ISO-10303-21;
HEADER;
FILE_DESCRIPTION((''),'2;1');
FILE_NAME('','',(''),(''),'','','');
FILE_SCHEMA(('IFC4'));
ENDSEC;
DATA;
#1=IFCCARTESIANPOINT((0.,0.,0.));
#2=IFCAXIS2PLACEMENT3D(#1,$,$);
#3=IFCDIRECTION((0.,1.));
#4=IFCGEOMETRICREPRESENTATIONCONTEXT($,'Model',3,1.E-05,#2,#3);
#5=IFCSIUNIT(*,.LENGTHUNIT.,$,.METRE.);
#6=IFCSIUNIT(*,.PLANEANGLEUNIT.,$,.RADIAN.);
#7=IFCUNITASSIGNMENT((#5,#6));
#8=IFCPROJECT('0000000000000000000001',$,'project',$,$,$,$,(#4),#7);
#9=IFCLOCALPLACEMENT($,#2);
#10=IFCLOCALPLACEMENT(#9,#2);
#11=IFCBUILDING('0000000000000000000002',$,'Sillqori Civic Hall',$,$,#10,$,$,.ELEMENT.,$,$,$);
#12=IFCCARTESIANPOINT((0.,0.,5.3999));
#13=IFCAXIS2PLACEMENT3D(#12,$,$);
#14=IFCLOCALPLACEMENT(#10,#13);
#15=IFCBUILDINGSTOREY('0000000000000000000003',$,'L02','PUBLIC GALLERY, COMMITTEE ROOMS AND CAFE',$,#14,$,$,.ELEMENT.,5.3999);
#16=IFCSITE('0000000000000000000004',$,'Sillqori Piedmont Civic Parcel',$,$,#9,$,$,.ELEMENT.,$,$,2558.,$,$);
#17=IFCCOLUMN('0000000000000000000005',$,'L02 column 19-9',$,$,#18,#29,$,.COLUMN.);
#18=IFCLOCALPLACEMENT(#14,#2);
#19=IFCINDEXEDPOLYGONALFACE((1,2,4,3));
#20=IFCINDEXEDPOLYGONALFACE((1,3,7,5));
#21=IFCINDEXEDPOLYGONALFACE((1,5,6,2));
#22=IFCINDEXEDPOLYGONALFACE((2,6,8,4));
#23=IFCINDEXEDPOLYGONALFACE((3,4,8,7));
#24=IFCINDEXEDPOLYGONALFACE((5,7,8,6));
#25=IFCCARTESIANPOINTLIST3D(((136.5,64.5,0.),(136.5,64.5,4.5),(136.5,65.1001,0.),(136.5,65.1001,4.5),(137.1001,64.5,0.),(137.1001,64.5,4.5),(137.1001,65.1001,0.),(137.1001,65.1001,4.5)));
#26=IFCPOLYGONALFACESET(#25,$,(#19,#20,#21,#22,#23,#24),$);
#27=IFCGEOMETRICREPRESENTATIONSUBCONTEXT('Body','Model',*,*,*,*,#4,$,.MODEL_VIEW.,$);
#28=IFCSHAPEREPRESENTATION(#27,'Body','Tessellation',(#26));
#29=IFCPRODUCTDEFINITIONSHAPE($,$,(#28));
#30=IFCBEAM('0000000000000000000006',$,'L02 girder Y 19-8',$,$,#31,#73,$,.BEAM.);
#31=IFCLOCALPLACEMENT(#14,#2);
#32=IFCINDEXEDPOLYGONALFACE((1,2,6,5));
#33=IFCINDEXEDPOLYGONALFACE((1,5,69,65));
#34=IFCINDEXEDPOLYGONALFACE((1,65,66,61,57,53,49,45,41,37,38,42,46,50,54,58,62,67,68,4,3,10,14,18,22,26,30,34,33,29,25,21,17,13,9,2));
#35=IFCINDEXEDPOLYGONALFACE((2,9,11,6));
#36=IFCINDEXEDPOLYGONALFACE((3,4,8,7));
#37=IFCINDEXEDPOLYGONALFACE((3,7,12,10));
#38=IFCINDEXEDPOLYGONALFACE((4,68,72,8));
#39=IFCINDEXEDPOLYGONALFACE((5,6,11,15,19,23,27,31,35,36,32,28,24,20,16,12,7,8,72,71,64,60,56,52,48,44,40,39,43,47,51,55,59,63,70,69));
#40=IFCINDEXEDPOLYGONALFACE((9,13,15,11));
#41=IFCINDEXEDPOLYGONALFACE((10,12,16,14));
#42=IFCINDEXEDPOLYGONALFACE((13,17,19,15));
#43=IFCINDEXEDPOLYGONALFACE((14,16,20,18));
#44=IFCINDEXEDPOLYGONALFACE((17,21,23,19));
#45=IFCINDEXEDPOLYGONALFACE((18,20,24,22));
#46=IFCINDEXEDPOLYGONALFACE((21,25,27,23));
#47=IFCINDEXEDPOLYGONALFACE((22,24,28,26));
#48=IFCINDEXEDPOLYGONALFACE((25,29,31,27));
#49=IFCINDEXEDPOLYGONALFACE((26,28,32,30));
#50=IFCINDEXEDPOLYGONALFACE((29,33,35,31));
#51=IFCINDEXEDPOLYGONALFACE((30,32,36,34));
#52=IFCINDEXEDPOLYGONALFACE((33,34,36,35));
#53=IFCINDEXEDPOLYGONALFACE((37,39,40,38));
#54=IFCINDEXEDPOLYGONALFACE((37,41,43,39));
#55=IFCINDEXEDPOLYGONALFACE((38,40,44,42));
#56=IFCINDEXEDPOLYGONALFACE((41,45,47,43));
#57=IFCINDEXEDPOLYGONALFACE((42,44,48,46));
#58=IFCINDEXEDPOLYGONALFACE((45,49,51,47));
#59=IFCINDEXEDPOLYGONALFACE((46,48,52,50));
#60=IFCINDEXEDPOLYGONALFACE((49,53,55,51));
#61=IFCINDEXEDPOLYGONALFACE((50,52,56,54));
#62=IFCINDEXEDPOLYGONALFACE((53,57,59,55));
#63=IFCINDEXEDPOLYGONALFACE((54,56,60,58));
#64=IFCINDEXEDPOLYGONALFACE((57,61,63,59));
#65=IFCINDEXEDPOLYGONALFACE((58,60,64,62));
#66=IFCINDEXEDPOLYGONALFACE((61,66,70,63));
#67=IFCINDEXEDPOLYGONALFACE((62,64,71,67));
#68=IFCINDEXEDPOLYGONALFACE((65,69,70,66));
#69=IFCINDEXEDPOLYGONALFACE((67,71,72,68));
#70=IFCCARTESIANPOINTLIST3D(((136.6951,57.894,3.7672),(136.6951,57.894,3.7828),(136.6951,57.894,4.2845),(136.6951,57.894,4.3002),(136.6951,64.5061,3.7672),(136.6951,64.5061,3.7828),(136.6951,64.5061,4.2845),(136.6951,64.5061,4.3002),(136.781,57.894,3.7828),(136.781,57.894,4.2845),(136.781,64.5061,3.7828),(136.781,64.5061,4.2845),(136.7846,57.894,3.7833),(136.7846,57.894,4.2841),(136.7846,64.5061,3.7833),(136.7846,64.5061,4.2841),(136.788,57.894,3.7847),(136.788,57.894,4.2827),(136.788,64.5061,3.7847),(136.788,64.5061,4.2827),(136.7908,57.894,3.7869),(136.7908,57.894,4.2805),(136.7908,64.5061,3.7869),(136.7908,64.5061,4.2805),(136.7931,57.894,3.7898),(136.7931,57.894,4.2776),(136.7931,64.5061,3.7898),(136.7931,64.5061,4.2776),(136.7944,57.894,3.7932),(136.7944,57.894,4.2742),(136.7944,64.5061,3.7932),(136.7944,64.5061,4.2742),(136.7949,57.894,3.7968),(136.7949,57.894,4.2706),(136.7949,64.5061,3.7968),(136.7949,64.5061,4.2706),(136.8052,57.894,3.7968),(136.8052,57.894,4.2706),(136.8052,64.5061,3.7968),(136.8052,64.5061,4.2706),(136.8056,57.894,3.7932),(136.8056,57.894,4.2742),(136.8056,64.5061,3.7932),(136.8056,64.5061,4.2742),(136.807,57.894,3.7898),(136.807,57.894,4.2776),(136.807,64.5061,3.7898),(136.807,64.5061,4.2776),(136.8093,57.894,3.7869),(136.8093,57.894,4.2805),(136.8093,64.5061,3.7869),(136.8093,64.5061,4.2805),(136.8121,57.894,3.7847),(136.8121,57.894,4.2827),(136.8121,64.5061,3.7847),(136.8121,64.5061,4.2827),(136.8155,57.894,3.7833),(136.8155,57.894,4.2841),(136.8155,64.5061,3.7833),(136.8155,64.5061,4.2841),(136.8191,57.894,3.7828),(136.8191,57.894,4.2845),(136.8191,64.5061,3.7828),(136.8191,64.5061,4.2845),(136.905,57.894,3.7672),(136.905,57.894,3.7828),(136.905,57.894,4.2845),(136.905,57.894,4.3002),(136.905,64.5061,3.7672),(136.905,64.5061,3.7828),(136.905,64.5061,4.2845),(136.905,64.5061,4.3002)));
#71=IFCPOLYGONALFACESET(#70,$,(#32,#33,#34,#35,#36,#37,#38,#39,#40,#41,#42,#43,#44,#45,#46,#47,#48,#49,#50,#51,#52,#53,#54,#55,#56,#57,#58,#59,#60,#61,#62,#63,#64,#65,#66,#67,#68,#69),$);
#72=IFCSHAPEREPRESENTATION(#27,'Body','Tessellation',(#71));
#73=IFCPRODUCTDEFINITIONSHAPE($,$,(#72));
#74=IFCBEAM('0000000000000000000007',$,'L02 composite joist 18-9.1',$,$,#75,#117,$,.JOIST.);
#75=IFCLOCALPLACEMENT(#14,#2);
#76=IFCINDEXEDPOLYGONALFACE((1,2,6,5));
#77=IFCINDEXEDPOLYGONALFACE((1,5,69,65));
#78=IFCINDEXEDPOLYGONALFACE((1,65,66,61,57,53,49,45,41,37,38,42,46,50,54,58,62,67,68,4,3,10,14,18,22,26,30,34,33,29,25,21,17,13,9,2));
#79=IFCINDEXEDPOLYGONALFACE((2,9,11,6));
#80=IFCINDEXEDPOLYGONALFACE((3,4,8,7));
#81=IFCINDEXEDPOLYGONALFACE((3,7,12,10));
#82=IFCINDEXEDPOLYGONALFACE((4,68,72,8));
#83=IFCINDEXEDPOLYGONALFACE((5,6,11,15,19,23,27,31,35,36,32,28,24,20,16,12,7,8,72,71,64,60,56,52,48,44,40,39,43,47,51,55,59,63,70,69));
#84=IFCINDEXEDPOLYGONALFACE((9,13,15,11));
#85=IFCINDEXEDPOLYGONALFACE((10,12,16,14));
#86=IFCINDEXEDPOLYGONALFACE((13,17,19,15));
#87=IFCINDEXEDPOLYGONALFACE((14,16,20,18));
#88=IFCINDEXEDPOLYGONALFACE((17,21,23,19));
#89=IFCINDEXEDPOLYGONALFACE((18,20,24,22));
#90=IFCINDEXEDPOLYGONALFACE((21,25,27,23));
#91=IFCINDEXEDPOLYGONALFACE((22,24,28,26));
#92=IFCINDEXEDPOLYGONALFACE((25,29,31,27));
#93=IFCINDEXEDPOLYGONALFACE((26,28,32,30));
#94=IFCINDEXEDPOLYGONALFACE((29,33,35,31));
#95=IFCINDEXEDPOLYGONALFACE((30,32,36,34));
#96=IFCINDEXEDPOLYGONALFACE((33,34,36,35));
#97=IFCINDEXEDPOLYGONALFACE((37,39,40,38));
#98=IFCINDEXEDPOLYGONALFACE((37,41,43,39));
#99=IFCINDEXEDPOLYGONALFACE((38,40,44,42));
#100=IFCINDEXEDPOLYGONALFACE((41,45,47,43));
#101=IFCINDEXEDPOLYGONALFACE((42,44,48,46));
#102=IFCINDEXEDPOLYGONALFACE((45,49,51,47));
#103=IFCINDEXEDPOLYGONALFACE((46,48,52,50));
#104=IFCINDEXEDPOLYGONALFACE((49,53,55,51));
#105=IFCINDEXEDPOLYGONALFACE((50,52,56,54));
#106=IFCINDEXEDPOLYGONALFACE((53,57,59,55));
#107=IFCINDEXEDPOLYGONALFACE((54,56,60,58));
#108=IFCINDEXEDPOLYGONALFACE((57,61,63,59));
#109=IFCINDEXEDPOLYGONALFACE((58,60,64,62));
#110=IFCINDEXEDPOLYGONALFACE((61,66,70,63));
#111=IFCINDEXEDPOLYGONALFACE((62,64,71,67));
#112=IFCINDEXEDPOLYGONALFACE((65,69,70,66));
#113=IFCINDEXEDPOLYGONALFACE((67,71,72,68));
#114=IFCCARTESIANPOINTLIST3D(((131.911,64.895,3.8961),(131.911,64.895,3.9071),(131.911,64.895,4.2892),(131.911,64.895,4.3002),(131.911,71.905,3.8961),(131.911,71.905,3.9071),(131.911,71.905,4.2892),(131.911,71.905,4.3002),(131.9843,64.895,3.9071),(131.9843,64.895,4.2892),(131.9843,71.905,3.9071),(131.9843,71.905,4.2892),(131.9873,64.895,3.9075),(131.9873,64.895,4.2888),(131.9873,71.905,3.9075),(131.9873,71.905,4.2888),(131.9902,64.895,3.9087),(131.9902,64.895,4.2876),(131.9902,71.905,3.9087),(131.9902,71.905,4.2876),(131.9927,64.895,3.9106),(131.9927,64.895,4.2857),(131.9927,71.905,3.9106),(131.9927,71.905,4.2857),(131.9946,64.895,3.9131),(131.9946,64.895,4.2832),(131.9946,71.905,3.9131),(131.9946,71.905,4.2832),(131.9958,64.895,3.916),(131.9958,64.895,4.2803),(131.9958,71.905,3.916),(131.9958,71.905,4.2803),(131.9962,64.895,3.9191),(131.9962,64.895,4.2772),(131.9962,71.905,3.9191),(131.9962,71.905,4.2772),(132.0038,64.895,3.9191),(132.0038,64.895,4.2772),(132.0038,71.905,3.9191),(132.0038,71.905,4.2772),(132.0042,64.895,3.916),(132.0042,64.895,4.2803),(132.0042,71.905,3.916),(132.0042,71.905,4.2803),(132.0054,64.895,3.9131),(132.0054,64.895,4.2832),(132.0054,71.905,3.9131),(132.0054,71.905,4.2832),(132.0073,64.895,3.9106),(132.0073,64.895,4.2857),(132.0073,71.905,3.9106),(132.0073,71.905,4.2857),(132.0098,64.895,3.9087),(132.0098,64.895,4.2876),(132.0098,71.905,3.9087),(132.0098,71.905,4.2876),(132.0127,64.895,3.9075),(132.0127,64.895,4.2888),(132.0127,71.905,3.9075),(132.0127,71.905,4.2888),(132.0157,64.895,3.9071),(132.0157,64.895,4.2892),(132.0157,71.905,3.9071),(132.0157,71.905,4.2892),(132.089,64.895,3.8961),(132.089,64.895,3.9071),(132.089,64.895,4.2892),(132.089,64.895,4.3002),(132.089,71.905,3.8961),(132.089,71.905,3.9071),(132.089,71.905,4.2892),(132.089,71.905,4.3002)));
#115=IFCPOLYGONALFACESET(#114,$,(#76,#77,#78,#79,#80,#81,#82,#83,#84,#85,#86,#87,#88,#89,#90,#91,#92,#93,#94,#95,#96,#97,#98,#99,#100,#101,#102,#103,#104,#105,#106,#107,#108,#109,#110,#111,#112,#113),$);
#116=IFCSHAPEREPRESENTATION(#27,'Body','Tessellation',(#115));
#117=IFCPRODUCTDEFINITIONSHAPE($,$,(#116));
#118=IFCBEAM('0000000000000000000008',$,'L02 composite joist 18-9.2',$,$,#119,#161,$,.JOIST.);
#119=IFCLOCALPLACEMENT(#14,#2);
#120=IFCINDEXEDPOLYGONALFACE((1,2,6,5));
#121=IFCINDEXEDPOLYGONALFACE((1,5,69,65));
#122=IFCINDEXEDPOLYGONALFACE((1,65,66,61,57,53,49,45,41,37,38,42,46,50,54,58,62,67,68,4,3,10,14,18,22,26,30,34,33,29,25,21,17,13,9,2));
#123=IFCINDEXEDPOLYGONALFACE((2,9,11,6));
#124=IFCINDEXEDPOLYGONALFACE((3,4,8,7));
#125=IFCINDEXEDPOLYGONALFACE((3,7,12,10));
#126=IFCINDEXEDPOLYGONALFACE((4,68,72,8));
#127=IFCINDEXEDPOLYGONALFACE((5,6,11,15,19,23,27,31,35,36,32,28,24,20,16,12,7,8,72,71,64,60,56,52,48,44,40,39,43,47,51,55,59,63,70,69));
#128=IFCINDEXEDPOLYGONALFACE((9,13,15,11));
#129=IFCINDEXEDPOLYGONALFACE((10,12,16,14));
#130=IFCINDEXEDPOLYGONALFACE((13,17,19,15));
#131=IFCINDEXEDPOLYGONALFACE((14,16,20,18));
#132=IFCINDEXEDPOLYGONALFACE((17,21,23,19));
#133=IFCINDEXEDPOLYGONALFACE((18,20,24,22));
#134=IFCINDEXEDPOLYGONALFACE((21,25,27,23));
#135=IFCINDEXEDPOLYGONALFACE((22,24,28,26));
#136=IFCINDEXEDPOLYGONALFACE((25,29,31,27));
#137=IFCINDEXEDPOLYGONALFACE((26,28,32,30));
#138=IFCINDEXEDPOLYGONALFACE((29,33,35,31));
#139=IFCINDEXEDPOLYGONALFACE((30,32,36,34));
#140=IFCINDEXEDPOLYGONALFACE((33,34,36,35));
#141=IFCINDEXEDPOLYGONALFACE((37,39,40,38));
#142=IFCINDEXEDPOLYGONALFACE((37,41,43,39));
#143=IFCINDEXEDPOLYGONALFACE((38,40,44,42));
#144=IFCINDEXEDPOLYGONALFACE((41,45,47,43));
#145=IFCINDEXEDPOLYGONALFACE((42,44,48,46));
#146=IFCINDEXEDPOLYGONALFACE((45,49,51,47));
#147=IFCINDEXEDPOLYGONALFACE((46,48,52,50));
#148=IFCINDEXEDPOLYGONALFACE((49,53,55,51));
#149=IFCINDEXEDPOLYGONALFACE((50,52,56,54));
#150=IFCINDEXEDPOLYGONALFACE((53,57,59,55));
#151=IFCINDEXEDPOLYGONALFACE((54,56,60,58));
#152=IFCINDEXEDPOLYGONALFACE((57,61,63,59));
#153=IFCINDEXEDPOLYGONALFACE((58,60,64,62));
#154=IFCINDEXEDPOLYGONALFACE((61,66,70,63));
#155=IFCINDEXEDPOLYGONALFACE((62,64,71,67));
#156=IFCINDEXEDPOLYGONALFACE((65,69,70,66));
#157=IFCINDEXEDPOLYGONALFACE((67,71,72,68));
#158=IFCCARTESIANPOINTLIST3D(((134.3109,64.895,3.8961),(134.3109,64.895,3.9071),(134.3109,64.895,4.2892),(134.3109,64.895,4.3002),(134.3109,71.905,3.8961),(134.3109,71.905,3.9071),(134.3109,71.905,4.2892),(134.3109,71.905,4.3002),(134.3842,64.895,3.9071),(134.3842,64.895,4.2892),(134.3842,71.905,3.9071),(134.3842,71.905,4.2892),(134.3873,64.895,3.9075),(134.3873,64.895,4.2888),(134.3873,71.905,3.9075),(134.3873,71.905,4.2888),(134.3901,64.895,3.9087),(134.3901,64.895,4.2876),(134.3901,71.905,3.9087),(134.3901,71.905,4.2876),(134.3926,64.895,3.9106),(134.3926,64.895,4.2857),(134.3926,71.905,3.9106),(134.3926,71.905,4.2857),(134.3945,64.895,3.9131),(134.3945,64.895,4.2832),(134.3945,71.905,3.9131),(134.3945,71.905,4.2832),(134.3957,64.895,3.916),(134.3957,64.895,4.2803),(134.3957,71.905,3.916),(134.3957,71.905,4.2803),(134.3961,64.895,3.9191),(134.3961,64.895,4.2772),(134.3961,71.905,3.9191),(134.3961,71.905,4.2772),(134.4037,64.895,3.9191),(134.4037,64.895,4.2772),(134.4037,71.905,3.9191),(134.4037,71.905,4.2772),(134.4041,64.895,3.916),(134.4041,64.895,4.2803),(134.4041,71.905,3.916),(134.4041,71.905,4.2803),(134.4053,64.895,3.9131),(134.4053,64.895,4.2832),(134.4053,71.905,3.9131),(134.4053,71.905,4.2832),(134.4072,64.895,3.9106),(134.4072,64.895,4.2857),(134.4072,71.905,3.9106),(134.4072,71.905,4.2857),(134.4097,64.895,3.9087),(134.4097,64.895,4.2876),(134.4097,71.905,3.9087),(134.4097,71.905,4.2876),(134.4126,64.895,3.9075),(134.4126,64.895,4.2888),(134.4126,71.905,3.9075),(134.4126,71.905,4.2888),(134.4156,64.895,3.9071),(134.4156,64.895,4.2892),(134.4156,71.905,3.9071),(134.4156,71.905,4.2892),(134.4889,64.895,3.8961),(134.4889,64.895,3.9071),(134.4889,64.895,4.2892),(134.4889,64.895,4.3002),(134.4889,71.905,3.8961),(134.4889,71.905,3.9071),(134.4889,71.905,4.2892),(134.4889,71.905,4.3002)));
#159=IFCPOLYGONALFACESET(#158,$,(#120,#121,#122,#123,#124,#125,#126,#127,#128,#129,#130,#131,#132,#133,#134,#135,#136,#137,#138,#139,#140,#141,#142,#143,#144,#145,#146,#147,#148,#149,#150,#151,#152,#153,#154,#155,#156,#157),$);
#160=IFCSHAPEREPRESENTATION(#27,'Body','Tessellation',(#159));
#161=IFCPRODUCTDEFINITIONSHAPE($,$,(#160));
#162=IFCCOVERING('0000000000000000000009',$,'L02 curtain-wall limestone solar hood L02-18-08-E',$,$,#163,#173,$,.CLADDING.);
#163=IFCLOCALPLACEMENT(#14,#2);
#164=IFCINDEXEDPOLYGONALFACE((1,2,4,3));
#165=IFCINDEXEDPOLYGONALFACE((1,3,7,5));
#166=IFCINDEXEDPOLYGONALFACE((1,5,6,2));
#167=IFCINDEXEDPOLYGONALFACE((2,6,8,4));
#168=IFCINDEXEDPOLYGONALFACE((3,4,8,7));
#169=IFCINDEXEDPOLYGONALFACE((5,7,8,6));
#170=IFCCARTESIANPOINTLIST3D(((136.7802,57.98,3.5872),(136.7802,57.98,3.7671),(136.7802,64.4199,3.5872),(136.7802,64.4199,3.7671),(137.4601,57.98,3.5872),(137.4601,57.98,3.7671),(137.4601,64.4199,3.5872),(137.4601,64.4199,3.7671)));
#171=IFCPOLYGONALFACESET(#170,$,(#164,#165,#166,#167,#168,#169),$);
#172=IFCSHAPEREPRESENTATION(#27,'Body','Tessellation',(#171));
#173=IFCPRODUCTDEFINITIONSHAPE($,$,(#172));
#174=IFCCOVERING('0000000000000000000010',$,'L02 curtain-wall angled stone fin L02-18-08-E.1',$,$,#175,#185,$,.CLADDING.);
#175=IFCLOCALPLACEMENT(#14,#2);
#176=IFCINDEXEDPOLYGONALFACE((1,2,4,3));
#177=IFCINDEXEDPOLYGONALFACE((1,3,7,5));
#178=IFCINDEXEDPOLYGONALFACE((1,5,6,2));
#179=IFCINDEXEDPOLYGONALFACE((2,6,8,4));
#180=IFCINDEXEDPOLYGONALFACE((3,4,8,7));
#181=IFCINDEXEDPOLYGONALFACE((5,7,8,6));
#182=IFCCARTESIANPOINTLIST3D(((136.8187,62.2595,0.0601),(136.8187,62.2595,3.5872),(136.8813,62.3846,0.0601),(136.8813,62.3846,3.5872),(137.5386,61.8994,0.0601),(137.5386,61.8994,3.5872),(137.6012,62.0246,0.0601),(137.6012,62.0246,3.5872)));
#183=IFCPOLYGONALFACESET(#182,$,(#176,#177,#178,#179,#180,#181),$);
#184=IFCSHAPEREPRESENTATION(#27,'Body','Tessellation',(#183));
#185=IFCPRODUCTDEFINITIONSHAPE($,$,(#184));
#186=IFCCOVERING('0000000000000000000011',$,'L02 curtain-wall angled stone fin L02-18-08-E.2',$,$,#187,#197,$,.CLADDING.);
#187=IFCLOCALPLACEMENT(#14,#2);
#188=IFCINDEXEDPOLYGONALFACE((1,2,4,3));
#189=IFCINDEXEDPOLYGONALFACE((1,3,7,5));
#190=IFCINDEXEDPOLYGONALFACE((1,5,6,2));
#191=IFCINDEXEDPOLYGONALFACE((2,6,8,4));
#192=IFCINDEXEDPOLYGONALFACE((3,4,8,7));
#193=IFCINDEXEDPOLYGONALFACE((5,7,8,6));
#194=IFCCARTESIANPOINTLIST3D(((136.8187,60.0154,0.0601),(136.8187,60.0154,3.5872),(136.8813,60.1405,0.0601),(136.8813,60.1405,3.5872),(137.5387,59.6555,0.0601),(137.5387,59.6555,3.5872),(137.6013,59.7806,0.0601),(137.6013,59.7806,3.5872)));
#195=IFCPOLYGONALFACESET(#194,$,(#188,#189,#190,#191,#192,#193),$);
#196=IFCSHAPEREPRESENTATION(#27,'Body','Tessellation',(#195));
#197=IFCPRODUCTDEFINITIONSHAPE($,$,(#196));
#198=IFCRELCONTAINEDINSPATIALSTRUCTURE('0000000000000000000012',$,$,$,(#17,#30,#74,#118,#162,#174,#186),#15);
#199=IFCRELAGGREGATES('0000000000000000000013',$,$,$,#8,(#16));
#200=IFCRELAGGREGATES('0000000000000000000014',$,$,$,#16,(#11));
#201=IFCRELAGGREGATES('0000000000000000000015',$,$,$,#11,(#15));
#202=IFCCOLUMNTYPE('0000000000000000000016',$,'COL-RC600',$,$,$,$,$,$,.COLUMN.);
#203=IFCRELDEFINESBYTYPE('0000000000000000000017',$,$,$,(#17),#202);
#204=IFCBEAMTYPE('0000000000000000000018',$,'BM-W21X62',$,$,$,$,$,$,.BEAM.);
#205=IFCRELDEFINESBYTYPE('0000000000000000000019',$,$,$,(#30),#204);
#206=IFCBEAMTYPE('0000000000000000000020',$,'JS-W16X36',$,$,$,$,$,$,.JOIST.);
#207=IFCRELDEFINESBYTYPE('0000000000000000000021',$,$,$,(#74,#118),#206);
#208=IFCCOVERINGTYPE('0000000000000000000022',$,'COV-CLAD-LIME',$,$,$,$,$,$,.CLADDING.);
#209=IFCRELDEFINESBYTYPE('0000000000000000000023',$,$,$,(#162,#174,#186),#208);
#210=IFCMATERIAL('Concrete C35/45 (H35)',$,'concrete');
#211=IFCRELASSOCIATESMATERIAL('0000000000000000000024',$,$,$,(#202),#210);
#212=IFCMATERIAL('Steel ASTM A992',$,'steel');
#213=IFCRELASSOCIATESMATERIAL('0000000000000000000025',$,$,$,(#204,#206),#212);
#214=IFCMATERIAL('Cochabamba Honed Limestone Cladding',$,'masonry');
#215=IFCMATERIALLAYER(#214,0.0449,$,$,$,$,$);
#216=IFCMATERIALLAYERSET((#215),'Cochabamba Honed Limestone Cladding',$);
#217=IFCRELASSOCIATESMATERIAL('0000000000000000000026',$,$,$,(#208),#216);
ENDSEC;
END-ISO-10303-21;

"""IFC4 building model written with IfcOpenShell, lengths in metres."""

from ifc_helpers import new_model, si_unit, direction, frame, frame_2d, origin, origin_2d, place, context, subcontext, project, spatial, rectangle, i_section, extrude, material, layer, layer_set, material_profile, profile_set, type_object, element, save


model = new_model("IFC4")

# Units and contexts
model_context = context("Model", 3, precision=1e-05, world=origin(), true_north=direction((0.0, 1.0)))
body_context = subcontext(model_context, "Body", "Model", "MODEL_VIEW")
ifc_project = project(units=[si_unit("LENGTHUNIT", "METRE"), si_unit("PLANEANGLEUNIT", "RADIAN")], contexts=[model_context])

# Site, building, storey
site_placement = place(None, origin())
site = spatial("IfcSite", under=ifc_project, at=site_placement, Name="Sillqori Piedmont Civic Parcel", CompositionType="ELEMENT", RefElevation=2558.0)
building_placement = place(site_placement, origin())
building = spatial("IfcBuilding", under=site, at=building_placement, Name="Sillqori Civic Hall", CompositionType="ELEMENT")
storey_placement = place(building_placement, frame((0.0, 0.0, 5.3999)))
storey = spatial("IfcBuildingStorey", under=building, at=storey_placement, Name="L02", Description="PUBLIC GALLERY, COMMITTEE ROOMS AND CAFE", CompositionType="ELEMENT", Elevation=5.3999)

# Column
ifc_material_1 = material(Name="Concrete C35/45 (H35)", Category="concrete")
ifc_material_profile_1 = material_profile(ifc_material_1, rectangle(XDim=0.6001, YDim=0.6001, at=origin_2d()), Name="RC 600x600")
ifc_profile_set_1 = profile_set([ifc_material_profile_1], Name="Concrete C35/45 (H35)")
column_type = type_object("IfcColumnType", Name="COL-RC600", PredefinedType="COLUMN", material=ifc_profile_set_1)
column_placement = place(storey_placement, frame((136.8, 64.8, 0.0), z_axis=(0.0, 0.0, 1.0), x_axis=(1.0, 0.0, 0.0)))
element("IfcColumn", 1, at=column_placement, inside=storey, type_object=column_type, Name="L02 column 19-9", PredefinedType="COLUMN", context=body_context, shape_type="SweptSolid", body=[
    extrude(rectangle(XDim=0.6001, YDim=0.6001, at=origin_2d()), origin(), (0.0, 0.0, 1.0), 4.5),
])

# Beam
ifc_material_2 = material(Name="Steel ASTM A992", Category="steel")
ifc_material_profile_2 = material_profile(ifc_material_2, i_section(OverallWidth=0.21, OverallDepth=0.533, WebThickness=0.0103, FlangeThickness=0.0156, FilletRadius=0.0139, at=origin_2d()), Name="W21X62")
ifc_profile_set_2 = profile_set([ifc_material_profile_2], Name="Steel ASTM A992")
beam_type_1 = type_object("IfcBeamType", Name="BM-W21X62", PredefinedType="BEAM", material=ifc_profile_set_2)
beam_placement = place(storey_placement, frame((136.8, 57.894, 4.0337), z_axis=(0.0, 1.0, 0.0), x_axis=(-1.0, 0.0, 0.0)))
element("IfcBeam", 2, at=beam_placement, inside=storey, type_object=beam_type_1, Name="L02 girder Y 19-8", PredefinedType="BEAM", context=body_context, shape_type="SweptSolid", body=[
    extrude(i_section(OverallWidth=0.21, OverallDepth=0.533, WebThickness=0.0103, FlangeThickness=0.0156, FilletRadius=0.0139, at=origin_2d()), origin(), (0.0, 0.0, 1.0), 6.6121),
])

# Beams
ifc_material_profile_3 = material_profile(ifc_material_2, i_section(OverallWidth=0.178, OverallDepth=0.4041, WebThickness=0.0076, FlangeThickness=0.011, FilletRadius=0.012, at=origin_2d()), Name="W16X36")
ifc_profile_set_3 = profile_set([ifc_material_profile_3], Name="Steel ASTM A992")
beam_type_2 = type_object("IfcBeamType", Name="JS-W16X36", PredefinedType="JOIST", material=ifc_profile_set_3)
for number, where, z_axis, x_axis, name in (
    (3, (132.0, 64.895, 4.0981), (0.0, 1.0, 0.0), (-1.0, 0.0, 0.0), "L02 composite joist 18-9.1"),
    (4, (134.3999, 64.895, 4.0981), (0.0, 1.0, 0.0), (-1.0, 0.0, 0.0), "L02 composite joist 18-9.2"),
):
    element("IfcBeam", number, at=place(storey_placement, frame(where, z_axis=z_axis, x_axis=x_axis)), inside=storey, type_object=beam_type_2, Name=name, PredefinedType="JOIST", context=body_context, shape_type="SweptSolid", body=[
        extrude(i_section(OverallWidth=0.178, OverallDepth=0.4041, WebThickness=0.0076, FlangeThickness=0.011, FilletRadius=0.012, at=origin_2d()), origin(), (0.0, 0.0, 1.0), 7.01),
    ])

# Coverings
ifc_material_3 = material(Name="Cochabamba Honed Limestone Cladding", Category="masonry")
ifc_layer_1 = layer(ifc_material_3, 0.0449)
ifc_layer_set_1 = layer_set([ifc_layer_1], Name="Cochabamba Honed Limestone Cladding")
covering_type = type_object("IfcCoveringType", Name="COV-CLAD-LIME", PredefinedType="CLADDING", material=ifc_layer_set_1)
covering_1_placement = place(storey_placement, frame((137.1201, 64.4199, 3.5872), z_axis=(0.0, 0.0, 1.0), x_axis=(0.0, -1.0, 0.0)))
element("IfcCovering", 5, at=covering_1_placement, inside=storey, type_object=covering_type, Name="L02 curtain-wall limestone solar hood L02-18-08-E", PredefinedType="CLADDING", context=body_context, shape_type="SweptSolid", body=[
    extrude(rectangle(XDim=6.4399, YDim=0.6799, at=frame_2d((3.22, 0.0))), origin(), (0.0, 0.0, 1.0), 0.1799),
])
for number, where, z_axis, x_axis, name in (
    (6, (136.8501, 62.322, 0.0601), (0.0, 0.0, 1.0), (0.894367, -0.447335, 0.0), "L02 curtain-wall angled stone fin L02-18-08-E.1"),
    (7, (136.8501, 60.0779, 0.0601), (0.0, 0.0, 1.0), (0.894488, -0.447092, 0.0), "L02 curtain-wall angled stone fin L02-18-08-E.2"),
):
    element("IfcCovering", number, at=place(storey_placement, frame(where, z_axis=z_axis, x_axis=x_axis)), inside=storey, type_object=covering_type, Name=name, PredefinedType="CLADDING", context=body_context, shape_type="SweptSolid", body=[
        extrude(rectangle(XDim=0.8049, YDim=0.1399, at=frame_2d((0.4023, 0.0))), origin(), (0.0, 0.0, 1.0), 3.5271),
    ])

save(model, "model.ifc")
